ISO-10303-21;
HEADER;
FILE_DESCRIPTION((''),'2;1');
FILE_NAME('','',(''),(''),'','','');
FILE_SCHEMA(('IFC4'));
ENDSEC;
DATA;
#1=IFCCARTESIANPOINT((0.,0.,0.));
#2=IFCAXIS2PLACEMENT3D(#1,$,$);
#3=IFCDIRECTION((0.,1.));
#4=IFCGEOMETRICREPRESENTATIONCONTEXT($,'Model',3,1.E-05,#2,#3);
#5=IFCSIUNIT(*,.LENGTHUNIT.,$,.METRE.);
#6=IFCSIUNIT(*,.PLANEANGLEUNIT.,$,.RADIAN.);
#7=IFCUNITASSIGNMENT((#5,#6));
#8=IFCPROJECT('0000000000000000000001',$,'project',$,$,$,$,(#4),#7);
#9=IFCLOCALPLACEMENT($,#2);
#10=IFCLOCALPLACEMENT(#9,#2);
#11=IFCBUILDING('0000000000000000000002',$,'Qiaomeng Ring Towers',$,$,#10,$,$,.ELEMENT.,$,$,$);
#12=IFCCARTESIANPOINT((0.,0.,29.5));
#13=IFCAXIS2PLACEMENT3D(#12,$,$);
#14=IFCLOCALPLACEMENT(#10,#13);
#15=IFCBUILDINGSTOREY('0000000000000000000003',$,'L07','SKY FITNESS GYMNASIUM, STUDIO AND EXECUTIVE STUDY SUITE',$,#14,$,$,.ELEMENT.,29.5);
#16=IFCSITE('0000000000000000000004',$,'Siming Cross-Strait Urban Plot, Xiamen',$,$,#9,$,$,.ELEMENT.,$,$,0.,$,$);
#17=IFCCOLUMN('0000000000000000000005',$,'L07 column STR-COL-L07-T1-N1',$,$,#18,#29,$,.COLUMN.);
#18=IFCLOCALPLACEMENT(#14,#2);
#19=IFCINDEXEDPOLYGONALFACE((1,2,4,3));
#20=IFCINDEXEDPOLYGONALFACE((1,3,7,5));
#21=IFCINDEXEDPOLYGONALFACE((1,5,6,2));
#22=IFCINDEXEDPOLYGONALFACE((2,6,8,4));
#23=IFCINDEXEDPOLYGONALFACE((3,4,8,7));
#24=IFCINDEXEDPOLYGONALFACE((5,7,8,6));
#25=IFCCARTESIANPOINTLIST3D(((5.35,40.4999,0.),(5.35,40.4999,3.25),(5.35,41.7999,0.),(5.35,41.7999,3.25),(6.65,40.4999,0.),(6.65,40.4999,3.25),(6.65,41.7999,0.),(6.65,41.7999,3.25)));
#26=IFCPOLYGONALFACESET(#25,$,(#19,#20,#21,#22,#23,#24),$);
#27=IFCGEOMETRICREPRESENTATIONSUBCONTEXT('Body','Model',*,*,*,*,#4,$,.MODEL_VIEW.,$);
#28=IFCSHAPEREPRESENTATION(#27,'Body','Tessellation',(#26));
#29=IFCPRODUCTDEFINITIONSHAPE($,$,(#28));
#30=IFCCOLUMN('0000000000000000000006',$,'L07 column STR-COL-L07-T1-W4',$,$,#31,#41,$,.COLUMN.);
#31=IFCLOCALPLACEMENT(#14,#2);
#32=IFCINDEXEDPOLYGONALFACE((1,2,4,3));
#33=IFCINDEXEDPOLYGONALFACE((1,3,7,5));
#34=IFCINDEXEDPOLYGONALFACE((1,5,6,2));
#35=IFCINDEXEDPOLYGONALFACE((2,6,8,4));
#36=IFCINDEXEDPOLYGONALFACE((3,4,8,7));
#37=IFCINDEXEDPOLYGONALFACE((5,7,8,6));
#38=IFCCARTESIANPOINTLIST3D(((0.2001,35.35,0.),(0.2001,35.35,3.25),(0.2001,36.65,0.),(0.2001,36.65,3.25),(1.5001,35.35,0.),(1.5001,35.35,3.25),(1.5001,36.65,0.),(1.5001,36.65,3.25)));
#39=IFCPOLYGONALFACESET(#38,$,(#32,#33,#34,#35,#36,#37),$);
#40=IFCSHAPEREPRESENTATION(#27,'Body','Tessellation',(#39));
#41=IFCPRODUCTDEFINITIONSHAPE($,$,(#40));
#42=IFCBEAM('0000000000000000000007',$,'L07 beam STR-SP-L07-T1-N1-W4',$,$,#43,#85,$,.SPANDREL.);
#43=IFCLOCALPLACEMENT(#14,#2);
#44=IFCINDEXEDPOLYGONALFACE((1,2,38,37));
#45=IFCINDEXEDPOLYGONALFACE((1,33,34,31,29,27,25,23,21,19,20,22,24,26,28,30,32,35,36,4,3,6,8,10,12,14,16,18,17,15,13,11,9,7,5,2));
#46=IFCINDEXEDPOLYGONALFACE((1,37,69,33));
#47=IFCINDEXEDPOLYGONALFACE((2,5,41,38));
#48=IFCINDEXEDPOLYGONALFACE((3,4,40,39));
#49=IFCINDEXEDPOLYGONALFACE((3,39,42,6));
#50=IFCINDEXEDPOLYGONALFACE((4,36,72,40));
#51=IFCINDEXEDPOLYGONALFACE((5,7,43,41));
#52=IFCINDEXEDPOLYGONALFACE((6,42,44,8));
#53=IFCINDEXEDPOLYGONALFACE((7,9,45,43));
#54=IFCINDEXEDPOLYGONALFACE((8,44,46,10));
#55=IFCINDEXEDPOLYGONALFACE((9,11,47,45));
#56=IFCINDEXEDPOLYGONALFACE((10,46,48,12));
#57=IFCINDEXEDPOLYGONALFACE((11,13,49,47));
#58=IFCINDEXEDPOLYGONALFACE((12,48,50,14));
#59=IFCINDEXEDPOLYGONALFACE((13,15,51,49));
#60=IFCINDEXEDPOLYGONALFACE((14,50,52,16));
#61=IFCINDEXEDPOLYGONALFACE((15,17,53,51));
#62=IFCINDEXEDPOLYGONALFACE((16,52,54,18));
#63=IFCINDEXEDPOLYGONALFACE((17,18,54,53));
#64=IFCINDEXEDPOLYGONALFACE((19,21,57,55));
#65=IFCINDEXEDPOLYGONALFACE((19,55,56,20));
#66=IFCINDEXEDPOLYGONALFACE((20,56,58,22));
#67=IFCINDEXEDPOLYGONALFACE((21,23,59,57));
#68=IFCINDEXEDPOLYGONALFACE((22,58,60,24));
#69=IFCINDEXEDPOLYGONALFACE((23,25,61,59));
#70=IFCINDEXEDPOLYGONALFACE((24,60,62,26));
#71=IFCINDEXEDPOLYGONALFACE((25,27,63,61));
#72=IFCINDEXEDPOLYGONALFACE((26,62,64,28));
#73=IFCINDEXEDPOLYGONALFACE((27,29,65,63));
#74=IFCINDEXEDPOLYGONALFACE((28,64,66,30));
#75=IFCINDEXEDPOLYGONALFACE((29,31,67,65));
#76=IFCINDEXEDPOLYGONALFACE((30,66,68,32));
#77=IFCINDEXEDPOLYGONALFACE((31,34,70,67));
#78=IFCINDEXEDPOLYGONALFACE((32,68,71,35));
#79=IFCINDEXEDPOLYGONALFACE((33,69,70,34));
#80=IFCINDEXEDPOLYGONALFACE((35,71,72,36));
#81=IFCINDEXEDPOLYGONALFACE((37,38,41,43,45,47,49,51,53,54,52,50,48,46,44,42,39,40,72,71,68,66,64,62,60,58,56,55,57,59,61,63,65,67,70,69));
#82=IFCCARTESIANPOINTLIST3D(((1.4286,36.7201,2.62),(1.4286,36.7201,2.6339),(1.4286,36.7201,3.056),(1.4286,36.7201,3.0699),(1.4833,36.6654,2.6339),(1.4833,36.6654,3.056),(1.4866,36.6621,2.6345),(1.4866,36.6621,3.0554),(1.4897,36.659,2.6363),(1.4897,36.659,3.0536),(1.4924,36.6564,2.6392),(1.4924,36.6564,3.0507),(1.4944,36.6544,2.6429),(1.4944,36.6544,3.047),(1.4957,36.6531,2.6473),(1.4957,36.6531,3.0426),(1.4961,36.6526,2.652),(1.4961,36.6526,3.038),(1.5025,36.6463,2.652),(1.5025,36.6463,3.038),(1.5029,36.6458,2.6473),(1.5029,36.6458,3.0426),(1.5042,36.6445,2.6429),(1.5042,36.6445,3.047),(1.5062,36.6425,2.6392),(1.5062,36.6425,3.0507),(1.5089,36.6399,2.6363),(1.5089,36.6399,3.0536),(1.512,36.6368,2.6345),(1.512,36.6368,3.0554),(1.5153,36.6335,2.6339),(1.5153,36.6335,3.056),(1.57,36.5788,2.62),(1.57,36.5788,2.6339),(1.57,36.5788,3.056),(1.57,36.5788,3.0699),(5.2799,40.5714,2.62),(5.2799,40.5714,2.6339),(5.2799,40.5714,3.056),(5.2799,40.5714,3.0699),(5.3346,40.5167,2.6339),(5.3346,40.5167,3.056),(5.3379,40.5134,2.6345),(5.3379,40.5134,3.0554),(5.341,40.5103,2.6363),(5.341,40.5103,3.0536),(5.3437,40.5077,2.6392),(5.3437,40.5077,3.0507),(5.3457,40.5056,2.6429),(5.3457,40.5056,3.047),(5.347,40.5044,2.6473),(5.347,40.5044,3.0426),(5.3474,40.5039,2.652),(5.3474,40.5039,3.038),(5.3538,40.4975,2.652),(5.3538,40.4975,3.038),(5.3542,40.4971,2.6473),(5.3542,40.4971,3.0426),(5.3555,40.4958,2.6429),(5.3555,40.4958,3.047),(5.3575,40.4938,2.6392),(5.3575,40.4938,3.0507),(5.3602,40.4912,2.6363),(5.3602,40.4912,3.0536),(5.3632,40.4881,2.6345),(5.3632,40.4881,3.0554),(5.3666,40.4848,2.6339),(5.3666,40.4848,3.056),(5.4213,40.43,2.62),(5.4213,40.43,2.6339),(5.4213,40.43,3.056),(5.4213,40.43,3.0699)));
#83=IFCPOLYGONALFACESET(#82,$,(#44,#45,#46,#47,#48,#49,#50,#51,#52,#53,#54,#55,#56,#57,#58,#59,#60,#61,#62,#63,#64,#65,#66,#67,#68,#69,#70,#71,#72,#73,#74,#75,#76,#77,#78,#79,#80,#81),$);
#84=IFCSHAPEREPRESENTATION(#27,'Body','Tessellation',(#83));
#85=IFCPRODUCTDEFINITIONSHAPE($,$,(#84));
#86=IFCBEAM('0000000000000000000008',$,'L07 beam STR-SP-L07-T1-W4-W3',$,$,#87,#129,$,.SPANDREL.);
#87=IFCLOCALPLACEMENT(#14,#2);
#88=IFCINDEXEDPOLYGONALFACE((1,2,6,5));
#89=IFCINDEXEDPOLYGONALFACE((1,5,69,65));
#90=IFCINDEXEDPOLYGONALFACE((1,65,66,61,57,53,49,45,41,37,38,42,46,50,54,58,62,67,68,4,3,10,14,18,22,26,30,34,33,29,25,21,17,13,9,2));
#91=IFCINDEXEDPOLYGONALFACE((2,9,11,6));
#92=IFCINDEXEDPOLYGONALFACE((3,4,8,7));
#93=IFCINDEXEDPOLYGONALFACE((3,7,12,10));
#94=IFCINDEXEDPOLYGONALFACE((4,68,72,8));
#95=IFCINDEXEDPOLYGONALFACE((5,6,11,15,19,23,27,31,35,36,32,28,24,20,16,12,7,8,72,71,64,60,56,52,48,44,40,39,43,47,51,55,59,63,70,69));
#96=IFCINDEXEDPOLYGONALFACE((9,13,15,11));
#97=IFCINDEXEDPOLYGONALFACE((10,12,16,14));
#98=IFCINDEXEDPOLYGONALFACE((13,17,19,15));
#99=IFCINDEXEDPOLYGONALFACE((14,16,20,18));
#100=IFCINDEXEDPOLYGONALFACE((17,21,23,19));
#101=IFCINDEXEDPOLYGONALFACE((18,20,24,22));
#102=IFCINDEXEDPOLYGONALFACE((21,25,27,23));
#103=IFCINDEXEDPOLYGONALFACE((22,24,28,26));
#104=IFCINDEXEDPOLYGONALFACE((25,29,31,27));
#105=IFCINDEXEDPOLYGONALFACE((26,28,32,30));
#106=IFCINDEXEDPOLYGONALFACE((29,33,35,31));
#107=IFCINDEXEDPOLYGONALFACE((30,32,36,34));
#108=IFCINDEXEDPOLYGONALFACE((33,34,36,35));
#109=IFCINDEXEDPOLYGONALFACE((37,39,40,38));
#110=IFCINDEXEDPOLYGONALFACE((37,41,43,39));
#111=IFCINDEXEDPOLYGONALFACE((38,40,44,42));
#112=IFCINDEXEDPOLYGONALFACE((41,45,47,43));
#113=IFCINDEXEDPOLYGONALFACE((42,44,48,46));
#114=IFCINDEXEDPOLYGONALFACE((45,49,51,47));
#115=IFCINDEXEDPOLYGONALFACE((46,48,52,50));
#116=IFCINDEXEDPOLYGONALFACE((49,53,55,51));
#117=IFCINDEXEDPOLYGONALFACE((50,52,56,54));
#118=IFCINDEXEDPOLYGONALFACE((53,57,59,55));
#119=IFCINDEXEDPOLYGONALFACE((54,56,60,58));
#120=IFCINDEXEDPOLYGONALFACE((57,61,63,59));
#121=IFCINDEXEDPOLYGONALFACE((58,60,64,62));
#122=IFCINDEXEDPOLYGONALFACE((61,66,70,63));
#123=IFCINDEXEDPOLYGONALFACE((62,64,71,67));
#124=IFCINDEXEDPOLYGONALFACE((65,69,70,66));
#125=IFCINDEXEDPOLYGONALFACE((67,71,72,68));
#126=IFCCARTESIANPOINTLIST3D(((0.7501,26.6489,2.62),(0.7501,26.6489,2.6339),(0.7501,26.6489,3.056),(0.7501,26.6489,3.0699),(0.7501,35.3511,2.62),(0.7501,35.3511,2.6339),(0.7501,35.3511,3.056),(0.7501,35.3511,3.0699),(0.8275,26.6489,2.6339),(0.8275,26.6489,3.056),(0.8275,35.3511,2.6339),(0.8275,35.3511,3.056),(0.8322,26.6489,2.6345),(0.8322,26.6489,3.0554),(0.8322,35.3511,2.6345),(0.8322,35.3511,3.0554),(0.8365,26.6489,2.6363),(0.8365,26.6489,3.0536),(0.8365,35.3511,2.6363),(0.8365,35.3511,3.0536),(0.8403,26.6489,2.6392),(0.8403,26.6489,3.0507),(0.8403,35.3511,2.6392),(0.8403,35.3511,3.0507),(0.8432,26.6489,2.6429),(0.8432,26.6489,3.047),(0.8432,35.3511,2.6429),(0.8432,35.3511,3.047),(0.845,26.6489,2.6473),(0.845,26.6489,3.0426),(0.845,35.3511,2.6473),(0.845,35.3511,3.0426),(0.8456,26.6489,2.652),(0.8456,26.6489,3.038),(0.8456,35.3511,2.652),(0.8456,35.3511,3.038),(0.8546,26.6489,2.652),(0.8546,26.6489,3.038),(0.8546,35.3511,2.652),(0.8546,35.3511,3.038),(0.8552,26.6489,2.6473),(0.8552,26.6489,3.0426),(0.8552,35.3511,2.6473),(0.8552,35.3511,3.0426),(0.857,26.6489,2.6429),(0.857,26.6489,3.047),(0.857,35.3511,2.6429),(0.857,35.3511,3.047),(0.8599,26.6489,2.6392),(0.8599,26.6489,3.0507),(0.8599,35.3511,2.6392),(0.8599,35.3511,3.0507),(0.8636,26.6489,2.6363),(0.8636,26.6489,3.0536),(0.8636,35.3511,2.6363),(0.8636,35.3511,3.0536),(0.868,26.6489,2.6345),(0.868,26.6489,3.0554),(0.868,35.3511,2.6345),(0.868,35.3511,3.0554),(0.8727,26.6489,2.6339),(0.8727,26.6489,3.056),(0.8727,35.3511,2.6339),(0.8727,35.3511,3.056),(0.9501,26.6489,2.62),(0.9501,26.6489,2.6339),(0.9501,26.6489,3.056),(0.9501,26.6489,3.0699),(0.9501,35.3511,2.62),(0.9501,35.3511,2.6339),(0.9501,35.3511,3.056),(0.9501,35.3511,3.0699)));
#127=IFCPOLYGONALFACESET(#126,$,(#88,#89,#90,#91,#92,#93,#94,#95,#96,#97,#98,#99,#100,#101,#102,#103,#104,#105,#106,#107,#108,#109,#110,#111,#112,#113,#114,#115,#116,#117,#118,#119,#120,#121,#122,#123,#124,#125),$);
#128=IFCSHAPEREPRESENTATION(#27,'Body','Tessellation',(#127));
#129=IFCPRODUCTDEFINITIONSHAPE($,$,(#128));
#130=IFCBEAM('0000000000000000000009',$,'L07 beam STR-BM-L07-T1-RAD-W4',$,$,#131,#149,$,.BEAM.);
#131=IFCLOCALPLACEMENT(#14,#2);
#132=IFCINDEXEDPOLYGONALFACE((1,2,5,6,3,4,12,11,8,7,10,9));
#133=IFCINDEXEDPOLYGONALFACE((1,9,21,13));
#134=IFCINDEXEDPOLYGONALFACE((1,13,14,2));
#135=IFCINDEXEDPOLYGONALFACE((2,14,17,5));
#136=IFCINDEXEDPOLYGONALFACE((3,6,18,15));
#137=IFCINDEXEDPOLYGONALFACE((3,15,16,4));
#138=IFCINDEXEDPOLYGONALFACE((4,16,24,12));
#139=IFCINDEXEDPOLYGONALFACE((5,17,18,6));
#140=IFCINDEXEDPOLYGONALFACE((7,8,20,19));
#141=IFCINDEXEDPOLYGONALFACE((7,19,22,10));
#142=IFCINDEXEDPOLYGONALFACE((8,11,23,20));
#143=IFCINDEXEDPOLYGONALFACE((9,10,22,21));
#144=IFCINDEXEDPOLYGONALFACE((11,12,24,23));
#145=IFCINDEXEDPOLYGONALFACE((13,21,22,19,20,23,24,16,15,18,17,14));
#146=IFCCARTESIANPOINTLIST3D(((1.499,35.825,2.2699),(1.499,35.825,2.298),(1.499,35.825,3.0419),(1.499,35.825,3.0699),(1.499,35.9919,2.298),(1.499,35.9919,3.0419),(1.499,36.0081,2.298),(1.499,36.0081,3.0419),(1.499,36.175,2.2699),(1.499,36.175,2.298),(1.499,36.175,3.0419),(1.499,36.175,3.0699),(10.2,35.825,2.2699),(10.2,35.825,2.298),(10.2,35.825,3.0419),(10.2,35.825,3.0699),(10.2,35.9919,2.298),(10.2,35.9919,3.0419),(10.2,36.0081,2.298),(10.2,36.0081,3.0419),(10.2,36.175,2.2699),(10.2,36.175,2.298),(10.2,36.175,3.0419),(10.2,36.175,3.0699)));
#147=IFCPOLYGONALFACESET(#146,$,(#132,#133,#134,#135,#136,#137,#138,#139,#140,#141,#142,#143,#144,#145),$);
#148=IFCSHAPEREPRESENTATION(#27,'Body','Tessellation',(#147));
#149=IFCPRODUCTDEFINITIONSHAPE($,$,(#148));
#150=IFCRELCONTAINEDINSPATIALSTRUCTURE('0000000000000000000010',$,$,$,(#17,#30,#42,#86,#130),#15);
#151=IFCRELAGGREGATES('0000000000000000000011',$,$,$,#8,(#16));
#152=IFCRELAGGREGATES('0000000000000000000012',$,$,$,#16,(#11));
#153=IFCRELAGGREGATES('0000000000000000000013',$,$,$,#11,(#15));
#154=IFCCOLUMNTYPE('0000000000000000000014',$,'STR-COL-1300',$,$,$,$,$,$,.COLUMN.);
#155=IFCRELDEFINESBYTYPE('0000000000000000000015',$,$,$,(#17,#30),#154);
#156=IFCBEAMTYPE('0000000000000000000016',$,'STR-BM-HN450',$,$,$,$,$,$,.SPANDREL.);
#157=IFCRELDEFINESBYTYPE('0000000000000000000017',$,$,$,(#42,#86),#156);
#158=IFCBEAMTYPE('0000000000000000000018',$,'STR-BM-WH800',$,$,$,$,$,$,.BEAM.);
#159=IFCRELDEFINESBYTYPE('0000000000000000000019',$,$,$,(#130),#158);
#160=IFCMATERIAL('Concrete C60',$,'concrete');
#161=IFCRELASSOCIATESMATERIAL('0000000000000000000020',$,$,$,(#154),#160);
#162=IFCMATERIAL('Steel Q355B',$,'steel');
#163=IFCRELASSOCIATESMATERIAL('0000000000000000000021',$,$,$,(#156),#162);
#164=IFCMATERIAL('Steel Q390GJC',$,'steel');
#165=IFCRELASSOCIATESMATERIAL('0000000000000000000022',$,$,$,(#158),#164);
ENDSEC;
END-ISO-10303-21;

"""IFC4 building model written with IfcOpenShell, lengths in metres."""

from ifc_helpers import new_model, si_unit, direction, frame, origin, origin_2d, place, context, subcontext, project, spatial, rectangle, i_section, extrude, source, transform, mapped, material, material_profile, profile_set, type_object, element, save


model = new_model("IFC4")

# Units and contexts
model_context = context("Model", 3, precision=1e-05, world=origin(), true_north=direction((0.0, 1.0)))
body_context = subcontext(model_context, "Body", "Model", "MODEL_VIEW")
ifc_project = project(units=[si_unit("LENGTHUNIT", "METRE"), si_unit("PLANEANGLEUNIT", "RADIAN")], contexts=[model_context])

# Site, building, storey
site_placement = place(None, origin())
site = spatial("IfcSite", under=ifc_project, at=site_placement, Name="Siming Cross-Strait Urban Plot, Xiamen", CompositionType="ELEMENT", RefElevation=0.0)
building_placement = place(site_placement, origin())
building = spatial("IfcBuilding", under=site, at=building_placement, Name="Qiaomeng Ring Towers", CompositionType="ELEMENT")
storey_placement = place(building_placement, frame((0.0, 0.0, 29.5)))
storey = spatial("IfcBuildingStorey", under=building, at=storey_placement, Name="L07", Description="SKY FITNESS GYMNASIUM, STUDIO AND EXECUTIVE STUDY SUITE", CompositionType="ELEMENT", Elevation=29.5)

# Columns
ifc_material_1 = material(Name="Concrete C60", Category="concrete")
ifc_material_profile_1 = material_profile(ifc_material_1, rectangle(XDim=1.3, YDim=1.3, at=origin_2d()), Name="RC COL 1300x1300")
ifc_profile_set_1 = profile_set([ifc_material_profile_1], Name="Concrete C60")
column_type = type_object("IfcColumnType", Name="STR-COL-1300", PredefinedType="COLUMN", material=ifc_profile_set_1)
shared_shape_1 = source(origin(), body_context, "Body", "SweptSolid", [
    extrude(rectangle(XDim=1.3, YDim=1.3, at=origin_2d()), origin(), (0.0, 0.0, 1.0), 3.25),
])
for number, where, z_axis, x_axis, name in (
    (1, (6.0, 41.1499, 0.0), (0.0, 0.0, 1.0), (1.0, 0.0, 0.0), "L07 column STR-COL-L07-T1-N1"),
    (2, (0.8501, 36.0, 0.0), (0.0, 0.0, 1.0), (1.0, 0.0, 0.0), "L07 column STR-COL-L07-T1-W4"),
):
    element("IfcColumn", number, at=place(storey_placement, frame(where, z_axis=z_axis, x_axis=x_axis)), inside=storey, type_object=column_type, Name=name, PredefinedType="COLUMN", context=body_context, shape_type="MappedRepresentation", body=[
        mapped(shared_shape_1, transform((0.0, 0.0, 0.0), x_axis=(1.0, 0.0, 0.0), y_axis=(0.0, 1.0, 0.0), z_axis=(0.0, 0.0, 1.0), scale=1.0)),
    ])

# Beams
ifc_material_2 = material(Name="Steel Q355B", Category="steel")
ifc_material_profile_2 = material_profile(ifc_material_2, i_section(OverallWidth=0.2, OverallDepth=0.45, WebThickness=0.009, FlangeThickness=0.0139, FilletRadius=0.0181, at=origin_2d()), Name="HN 450x200x9x14")
ifc_profile_set_2 = profile_set([ifc_material_profile_2], Name="Steel Q355B")
beam_type_1 = type_object("IfcBeamType", Name="STR-BM-HN450", PredefinedType="SPANDREL", material=ifc_profile_set_2)
shared_shape_2 = source(origin(), body_context, "Body", "SweptSolid", [
    extrude(i_section(OverallWidth=0.2, OverallDepth=0.45, WebThickness=0.009, FlangeThickness=0.0139, FilletRadius=0.0181, at=origin_2d()), origin(), (0.0, 0.0, 1.0), 5.4465),
])
beam_1_placement = place(storey_placement, frame((5.3506, 40.5007, 2.845), z_axis=(-0.707107, -0.707107, 0.0), x_axis=(0.707107, -0.707107, 0.0)))
element("IfcBeam", 3, at=beam_1_placement, inside=storey, type_object=beam_type_1, Name="L07 beam STR-SP-L07-T1-N1-W4", PredefinedType="SPANDREL", context=body_context, shape_type="MappedRepresentation", body=[
    mapped(shared_shape_2, transform((0.0, 0.0, 0.0), x_axis=(1.0, 0.0, 0.0), y_axis=(0.0, 1.0, 0.0), z_axis=(0.0, 0.0, 1.0), scale=1.0)),
])
shared_shape_3 = source(origin(), body_context, "Body", "SweptSolid", [
    extrude(i_section(OverallWidth=0.2, OverallDepth=0.45, WebThickness=0.009, FlangeThickness=0.0139, FilletRadius=0.0181, at=origin_2d()), origin(), (0.0, 0.0, 1.0), 8.7021),
])
beam_2_placement = place(storey_placement, frame((0.8501, 35.3511, 2.845), z_axis=(0.0, -1.0, 0.0), x_axis=(1.0, 0.0, 0.0)))
element("IfcBeam", 4, at=beam_2_placement, inside=storey, type_object=beam_type_1, Name="L07 beam STR-SP-L07-T1-W4-W3", PredefinedType="SPANDREL", context=body_context, shape_type="MappedRepresentation", body=[
    mapped(shared_shape_3, transform((0.0, 0.0, 0.0), x_axis=(1.0, 0.0, 0.0), y_axis=(0.0, 1.0, 0.0), z_axis=(0.0, 0.0, 1.0), scale=1.0)),
])
ifc_material_3 = material(Name="Steel Q390GJC", Category="steel")
ifc_material_profile_3 = material_profile(ifc_material_3, i_section(OverallWidth=0.3501, OverallDepth=0.8, WebThickness=0.0161, FlangeThickness=0.0281, at=origin_2d()), Name="WH 800x350x16x28")
ifc_profile_set_3 = profile_set([ifc_material_profile_3], Name="Steel Q390GJC")
beam_type_2 = type_object("IfcBeamType", Name="STR-BM-WH800", PredefinedType="BEAM", material=ifc_profile_set_3)
shared_shape_4 = source(origin(), body_context, "Body", "SweptSolid", [
    extrude(i_section(OverallWidth=0.3501, OverallDepth=0.8, WebThickness=0.0161, FlangeThickness=0.0281, at=origin_2d()), origin(), (0.0, 0.0, 1.0), 8.7009),
])
beam_3_placement = place(storey_placement, frame((1.499, 36.0, 2.6699), z_axis=(1.0, 0.0, 0.0), x_axis=(0.0, 1.0, 0.0)))
element("IfcBeam", 5, at=beam_3_placement, inside=storey, type_object=beam_type_2, Name="L07 beam STR-BM-L07-T1-RAD-W4", PredefinedType="BEAM", context=body_context, shape_type="MappedRepresentation", body=[
    mapped(shared_shape_4, transform((0.0, 0.0, 0.0), x_axis=(1.0, 0.0, 0.0), y_axis=(0.0, 1.0, 0.0), z_axis=(0.0, 0.0, 1.0), scale=1.0)),
])

save(model, "model.ifc")
